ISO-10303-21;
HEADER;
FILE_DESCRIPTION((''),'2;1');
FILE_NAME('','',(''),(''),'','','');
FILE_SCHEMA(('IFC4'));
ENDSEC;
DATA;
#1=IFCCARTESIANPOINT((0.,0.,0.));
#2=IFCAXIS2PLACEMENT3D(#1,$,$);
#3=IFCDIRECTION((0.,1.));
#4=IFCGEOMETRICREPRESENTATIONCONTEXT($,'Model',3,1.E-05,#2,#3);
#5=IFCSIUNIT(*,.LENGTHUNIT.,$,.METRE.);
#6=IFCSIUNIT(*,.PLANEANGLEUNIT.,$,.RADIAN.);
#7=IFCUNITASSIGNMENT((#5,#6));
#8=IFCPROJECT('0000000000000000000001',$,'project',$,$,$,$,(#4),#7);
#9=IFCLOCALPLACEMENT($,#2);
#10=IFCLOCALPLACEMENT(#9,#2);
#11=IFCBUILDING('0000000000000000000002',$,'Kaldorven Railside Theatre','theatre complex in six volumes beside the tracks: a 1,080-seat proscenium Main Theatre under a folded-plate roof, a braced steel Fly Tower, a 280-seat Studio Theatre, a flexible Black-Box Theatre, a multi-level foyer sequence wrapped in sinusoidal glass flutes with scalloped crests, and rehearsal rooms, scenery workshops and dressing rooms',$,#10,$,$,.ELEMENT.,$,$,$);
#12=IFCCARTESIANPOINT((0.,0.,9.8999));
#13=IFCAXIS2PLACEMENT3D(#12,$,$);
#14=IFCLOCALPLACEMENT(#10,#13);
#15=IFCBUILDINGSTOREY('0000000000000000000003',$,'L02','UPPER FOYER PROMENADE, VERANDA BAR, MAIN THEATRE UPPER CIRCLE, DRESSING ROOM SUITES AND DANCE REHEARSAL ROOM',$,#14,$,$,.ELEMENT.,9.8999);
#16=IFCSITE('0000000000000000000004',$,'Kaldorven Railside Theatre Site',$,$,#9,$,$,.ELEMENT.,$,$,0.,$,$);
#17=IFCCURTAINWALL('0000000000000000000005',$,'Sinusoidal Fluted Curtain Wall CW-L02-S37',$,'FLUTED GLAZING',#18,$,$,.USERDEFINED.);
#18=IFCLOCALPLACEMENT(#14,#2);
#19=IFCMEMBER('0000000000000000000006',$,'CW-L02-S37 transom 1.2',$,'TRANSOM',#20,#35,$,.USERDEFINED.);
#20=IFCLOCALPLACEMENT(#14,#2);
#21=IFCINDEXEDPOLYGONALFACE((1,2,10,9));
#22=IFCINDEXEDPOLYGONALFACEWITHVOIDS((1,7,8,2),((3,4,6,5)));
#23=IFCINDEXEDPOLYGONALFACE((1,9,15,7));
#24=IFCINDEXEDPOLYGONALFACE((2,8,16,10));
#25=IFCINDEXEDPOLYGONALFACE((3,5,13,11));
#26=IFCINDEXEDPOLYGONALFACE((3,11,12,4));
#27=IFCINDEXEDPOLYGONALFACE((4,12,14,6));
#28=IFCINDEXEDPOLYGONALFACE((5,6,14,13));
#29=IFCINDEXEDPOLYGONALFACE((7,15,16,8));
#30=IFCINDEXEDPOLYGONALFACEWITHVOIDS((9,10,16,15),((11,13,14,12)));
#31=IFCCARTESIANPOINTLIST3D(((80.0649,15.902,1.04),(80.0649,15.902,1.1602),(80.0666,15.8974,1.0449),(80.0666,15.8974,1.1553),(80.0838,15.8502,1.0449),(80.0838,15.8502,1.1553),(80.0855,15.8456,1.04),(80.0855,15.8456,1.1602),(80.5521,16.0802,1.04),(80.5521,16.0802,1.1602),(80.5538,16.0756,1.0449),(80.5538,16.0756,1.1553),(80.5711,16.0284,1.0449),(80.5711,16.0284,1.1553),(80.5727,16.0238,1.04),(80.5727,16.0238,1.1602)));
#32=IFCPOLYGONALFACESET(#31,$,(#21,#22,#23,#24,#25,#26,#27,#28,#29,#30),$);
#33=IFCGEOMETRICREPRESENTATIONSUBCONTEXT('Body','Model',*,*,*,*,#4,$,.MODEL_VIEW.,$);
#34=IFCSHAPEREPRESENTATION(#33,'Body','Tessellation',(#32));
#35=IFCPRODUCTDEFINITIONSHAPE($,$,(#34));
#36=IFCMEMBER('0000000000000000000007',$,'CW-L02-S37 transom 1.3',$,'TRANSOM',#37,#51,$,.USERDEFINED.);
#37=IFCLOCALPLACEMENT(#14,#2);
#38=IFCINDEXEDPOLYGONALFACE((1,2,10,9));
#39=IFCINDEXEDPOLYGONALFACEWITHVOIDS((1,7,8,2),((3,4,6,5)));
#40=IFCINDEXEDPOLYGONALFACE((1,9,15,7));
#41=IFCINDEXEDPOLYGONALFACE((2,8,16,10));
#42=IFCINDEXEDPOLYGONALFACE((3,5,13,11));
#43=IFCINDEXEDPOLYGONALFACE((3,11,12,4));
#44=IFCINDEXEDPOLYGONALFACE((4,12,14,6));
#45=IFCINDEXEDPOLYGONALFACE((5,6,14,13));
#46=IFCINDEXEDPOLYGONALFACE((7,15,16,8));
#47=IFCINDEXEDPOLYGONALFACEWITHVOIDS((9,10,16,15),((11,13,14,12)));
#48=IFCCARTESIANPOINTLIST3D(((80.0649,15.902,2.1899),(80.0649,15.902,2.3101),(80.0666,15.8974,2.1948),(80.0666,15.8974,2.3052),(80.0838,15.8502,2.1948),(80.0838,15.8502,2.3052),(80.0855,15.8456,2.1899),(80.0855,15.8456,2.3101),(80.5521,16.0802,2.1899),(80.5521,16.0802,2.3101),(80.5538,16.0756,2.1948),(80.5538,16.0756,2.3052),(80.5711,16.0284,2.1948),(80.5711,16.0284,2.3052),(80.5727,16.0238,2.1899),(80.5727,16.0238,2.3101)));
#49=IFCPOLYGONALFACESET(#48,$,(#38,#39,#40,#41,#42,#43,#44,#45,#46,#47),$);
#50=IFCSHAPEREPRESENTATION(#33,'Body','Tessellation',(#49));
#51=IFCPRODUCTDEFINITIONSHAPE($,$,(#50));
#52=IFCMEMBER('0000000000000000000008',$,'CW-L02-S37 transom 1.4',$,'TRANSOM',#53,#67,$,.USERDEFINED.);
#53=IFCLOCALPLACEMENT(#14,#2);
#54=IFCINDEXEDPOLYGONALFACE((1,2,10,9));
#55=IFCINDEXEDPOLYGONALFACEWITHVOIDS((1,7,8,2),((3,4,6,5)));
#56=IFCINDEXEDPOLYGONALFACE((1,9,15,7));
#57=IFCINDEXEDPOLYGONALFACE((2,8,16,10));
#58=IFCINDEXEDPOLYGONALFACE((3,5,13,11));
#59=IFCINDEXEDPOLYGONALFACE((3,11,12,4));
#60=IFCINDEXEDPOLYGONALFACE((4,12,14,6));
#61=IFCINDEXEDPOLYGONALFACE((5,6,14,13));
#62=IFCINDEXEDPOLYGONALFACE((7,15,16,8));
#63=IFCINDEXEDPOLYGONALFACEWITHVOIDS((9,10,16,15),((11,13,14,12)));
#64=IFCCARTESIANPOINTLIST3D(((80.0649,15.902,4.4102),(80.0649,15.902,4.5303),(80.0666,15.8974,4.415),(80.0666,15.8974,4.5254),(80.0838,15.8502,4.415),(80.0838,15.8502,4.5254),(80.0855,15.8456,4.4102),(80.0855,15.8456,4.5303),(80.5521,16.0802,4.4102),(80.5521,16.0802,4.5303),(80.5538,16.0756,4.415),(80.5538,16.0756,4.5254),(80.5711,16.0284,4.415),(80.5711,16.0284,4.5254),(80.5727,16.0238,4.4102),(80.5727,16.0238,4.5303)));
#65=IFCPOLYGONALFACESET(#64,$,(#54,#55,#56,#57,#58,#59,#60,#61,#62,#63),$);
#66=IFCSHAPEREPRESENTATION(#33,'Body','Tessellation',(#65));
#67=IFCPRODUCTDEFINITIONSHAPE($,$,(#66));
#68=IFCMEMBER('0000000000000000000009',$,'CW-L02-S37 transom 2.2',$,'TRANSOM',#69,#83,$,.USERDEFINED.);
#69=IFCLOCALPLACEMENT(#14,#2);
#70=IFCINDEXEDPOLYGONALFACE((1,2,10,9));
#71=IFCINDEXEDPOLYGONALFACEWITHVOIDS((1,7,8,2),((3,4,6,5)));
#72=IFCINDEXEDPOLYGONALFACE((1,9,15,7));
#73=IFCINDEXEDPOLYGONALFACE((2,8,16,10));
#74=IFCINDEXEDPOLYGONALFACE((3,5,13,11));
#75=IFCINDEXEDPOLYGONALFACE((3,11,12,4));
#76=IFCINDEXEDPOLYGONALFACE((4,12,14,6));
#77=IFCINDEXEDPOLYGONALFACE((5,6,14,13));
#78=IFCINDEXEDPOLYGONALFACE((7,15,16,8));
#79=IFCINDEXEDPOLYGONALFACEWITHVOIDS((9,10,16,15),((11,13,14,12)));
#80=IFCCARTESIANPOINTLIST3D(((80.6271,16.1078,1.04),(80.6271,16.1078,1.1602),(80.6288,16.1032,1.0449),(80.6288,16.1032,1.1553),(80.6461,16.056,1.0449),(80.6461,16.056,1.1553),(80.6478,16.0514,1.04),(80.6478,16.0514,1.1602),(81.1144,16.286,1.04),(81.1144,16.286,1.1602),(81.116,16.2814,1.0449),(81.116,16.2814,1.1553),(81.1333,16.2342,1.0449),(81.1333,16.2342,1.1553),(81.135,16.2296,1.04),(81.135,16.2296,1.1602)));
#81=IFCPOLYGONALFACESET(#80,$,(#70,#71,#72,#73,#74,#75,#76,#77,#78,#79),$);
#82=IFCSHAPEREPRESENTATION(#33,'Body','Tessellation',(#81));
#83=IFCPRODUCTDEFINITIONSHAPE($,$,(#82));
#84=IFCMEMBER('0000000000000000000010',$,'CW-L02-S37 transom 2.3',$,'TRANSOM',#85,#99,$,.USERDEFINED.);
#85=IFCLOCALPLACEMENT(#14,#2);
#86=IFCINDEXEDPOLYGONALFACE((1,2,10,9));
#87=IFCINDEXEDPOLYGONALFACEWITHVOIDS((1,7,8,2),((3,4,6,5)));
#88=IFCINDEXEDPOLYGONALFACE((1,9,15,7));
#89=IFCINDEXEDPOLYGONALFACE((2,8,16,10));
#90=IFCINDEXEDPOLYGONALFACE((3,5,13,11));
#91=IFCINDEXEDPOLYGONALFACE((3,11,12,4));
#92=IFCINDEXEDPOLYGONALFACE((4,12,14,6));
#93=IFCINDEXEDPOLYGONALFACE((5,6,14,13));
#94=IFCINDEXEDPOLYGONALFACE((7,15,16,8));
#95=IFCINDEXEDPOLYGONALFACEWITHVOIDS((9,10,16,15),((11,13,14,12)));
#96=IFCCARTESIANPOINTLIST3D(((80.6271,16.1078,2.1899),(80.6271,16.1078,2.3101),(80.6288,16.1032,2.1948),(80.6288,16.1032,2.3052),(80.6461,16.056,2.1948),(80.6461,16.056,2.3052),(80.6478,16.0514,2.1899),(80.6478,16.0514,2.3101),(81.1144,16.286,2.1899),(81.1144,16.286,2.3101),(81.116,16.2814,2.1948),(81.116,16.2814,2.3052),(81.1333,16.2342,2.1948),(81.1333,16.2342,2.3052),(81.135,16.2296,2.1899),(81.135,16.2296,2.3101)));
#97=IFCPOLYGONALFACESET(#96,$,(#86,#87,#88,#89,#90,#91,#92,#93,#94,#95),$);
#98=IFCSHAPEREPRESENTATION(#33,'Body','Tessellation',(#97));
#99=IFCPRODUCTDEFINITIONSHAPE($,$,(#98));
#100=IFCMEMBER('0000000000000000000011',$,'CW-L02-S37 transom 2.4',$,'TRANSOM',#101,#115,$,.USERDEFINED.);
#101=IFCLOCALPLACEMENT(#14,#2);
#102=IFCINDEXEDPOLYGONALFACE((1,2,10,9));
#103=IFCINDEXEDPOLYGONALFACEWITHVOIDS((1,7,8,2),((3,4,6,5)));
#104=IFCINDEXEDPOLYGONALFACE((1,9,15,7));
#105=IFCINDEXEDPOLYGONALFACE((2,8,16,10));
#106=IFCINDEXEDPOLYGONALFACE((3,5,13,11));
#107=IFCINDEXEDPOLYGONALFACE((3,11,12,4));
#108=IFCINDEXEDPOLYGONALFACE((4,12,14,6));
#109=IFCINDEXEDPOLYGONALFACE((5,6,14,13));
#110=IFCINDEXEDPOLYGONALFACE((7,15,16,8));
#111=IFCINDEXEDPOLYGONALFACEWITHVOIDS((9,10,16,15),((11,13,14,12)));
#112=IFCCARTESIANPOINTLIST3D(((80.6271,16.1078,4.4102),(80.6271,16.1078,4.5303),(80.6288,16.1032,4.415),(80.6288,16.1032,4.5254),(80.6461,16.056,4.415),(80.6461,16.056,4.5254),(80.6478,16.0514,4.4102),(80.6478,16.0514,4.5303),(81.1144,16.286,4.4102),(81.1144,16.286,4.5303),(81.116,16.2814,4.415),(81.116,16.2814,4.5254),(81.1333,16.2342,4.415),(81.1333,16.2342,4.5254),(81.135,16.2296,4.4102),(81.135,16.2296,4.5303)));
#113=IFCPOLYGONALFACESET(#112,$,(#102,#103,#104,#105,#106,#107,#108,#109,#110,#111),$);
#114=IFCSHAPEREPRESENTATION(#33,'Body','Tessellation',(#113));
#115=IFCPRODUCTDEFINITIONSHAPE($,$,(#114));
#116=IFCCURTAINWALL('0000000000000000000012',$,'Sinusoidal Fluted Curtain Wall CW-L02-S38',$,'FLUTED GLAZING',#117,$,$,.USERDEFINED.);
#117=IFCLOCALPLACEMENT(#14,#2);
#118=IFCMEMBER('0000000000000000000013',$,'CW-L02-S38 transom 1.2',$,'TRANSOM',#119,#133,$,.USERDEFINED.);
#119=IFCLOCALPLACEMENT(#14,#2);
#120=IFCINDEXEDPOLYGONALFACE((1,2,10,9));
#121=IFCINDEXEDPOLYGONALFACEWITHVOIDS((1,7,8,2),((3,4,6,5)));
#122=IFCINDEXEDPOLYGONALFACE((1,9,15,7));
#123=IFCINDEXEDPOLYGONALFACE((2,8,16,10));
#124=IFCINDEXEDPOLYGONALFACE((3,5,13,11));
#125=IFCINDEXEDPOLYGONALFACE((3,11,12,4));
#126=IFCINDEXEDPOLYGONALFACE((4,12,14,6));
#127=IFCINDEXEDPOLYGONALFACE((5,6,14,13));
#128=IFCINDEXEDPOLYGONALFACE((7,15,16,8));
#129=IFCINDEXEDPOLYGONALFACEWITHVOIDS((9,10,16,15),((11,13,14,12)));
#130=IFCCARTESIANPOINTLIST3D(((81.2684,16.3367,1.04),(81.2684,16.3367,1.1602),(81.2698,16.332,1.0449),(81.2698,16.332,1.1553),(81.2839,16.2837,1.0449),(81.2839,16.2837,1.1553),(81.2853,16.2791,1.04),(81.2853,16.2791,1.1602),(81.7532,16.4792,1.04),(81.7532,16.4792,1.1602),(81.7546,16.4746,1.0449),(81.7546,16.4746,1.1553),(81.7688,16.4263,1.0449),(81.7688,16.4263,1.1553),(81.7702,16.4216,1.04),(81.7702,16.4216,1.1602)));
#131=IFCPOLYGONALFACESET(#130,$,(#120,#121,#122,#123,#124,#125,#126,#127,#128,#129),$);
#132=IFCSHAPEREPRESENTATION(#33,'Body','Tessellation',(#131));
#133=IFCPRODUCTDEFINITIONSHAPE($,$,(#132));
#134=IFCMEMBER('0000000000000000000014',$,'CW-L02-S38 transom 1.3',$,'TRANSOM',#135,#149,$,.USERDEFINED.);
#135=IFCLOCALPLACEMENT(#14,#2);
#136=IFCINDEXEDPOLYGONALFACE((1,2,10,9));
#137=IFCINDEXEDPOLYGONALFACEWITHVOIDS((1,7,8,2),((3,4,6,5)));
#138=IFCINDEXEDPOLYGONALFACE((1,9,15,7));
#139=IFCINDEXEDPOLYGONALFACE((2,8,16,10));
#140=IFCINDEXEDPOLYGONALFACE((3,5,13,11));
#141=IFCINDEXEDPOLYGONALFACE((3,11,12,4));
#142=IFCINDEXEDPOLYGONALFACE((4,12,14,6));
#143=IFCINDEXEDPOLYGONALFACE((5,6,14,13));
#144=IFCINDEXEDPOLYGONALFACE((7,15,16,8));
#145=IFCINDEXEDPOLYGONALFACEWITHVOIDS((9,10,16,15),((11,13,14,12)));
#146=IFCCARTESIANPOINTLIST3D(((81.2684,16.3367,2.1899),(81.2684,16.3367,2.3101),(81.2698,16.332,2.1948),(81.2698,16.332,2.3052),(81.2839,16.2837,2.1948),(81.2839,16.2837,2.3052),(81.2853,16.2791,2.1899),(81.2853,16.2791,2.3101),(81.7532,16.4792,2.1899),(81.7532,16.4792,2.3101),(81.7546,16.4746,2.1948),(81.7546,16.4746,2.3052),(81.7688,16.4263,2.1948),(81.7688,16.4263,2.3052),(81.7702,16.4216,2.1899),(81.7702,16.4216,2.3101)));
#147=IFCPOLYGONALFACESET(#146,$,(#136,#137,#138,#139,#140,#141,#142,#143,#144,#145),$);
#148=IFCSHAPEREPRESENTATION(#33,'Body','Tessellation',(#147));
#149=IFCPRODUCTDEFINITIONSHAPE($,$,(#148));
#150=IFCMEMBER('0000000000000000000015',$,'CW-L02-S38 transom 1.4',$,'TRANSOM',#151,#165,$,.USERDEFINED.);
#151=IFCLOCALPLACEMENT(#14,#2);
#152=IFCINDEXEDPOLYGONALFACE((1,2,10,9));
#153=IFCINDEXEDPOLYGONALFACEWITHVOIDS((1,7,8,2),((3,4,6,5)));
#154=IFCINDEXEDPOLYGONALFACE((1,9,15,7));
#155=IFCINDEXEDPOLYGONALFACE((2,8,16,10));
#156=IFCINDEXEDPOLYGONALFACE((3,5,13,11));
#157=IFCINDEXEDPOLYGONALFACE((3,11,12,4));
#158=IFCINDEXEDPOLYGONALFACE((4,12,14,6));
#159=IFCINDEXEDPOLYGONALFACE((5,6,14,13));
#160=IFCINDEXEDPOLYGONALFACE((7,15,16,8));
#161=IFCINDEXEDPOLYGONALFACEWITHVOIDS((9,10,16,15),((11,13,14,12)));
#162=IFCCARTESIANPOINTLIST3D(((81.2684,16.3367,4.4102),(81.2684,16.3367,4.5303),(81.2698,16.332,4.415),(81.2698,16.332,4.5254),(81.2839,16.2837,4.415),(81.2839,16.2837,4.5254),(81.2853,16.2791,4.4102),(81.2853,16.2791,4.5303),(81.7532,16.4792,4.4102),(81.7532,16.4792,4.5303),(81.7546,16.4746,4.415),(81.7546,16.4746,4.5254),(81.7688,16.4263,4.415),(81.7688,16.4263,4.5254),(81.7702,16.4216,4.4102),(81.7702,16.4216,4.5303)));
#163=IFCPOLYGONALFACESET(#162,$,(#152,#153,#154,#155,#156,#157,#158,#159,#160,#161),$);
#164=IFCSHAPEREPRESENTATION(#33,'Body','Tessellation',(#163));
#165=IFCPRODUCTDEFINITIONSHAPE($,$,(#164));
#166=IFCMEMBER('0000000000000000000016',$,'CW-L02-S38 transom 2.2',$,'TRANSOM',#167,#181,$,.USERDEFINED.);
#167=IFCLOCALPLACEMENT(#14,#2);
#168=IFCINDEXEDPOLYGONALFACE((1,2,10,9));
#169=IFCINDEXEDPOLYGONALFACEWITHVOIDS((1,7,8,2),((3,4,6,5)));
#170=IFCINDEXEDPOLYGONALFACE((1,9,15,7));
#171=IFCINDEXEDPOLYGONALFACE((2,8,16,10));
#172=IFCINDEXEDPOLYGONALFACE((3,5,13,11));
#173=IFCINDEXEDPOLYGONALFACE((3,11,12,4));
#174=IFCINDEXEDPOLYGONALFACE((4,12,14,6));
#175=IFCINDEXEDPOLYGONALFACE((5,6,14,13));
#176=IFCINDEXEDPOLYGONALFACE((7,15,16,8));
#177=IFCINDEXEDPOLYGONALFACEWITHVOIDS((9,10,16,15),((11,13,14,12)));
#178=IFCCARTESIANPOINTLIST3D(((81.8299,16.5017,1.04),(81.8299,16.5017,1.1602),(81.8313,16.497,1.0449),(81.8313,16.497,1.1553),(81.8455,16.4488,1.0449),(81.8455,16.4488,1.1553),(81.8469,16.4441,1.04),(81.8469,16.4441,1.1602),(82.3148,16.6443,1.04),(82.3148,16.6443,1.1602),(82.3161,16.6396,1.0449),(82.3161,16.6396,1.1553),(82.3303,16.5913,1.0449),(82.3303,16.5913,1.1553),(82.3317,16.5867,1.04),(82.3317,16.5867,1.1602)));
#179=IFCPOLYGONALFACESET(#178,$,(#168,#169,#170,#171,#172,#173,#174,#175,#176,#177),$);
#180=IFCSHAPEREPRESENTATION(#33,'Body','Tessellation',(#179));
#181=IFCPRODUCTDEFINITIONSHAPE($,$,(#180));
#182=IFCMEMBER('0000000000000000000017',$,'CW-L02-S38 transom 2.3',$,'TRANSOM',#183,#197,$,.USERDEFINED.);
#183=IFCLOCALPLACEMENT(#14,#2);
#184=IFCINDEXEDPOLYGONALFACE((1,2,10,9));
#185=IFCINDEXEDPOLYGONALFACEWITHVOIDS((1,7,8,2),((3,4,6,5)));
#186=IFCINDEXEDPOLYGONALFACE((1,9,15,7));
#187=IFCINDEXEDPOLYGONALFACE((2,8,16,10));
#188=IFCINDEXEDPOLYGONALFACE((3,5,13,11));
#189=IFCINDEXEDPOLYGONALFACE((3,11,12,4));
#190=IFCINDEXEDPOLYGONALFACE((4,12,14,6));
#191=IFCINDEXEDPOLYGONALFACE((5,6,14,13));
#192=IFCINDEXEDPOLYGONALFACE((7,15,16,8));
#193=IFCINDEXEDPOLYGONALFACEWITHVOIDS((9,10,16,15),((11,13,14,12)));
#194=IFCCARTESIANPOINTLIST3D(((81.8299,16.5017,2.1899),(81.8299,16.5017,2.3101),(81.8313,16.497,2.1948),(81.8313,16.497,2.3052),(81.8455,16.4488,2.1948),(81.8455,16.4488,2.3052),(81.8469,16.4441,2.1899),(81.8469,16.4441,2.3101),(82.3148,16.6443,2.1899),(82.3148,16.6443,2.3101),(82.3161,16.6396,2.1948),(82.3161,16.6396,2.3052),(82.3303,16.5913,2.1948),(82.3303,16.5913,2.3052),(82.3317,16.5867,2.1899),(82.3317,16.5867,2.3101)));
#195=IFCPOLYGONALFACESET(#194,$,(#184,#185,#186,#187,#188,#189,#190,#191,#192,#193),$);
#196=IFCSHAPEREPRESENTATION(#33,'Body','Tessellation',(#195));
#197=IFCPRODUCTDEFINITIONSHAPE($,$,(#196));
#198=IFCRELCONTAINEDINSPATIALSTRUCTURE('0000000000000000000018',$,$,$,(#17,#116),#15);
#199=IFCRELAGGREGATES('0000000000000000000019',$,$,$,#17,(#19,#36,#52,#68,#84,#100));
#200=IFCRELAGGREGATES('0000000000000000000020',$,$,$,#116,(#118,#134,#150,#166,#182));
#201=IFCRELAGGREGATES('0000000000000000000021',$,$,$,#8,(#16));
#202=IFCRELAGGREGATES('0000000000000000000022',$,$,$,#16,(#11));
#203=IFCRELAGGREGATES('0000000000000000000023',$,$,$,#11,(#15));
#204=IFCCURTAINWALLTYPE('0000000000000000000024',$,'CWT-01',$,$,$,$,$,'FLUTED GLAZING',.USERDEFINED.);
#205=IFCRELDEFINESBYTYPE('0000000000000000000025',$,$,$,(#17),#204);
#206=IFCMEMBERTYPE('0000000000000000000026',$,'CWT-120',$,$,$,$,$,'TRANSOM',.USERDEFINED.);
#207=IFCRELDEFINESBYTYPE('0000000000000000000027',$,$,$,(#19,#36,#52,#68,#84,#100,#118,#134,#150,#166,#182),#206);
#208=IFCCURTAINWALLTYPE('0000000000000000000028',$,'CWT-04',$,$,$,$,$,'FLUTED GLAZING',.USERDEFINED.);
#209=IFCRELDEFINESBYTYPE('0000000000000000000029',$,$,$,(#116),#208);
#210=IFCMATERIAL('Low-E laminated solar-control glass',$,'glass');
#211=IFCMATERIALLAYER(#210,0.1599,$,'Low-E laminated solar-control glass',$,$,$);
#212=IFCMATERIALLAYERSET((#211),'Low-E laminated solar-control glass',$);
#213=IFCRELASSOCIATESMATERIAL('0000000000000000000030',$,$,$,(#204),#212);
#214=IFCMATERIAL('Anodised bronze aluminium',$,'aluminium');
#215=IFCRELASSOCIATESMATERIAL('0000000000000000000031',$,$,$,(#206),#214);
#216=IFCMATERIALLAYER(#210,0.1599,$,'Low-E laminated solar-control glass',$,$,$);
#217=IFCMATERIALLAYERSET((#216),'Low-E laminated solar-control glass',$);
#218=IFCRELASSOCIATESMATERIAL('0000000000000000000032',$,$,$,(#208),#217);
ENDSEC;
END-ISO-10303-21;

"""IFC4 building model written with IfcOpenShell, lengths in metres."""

from ifc_helpers import new_model, si_unit, direction, frame, origin, origin_2d, place, context, subcontext, project, spatial, hollow_rectangle, extrude, material, layer, layer_set, material_profile, profile_set, type_object, element, aggregate, save


model = new_model("IFC4")

# Units and contexts
model_context = context("Model", 3, precision=1e-05, world=origin(), true_north=direction((0.0, 1.0)))
body_context = subcontext(model_context, "Body", "Model", "MODEL_VIEW")
ifc_project = project(units=[si_unit("LENGTHUNIT", "METRE"), si_unit("PLANEANGLEUNIT", "RADIAN")], contexts=[model_context])

# Site, building, storey
site_placement = place(None, origin())
site = spatial("IfcSite", under=ifc_project, at=site_placement, Name="Kaldorven Railside Theatre Site", CompositionType="ELEMENT", RefElevation=0.0)
building_placement = place(site_placement, origin())
building = spatial("IfcBuilding", under=site, at=building_placement, Name="Kaldorven Railside Theatre", Description="theatre complex in six volumes beside the tracks: a 1,080-seat proscenium Main Theatre under a folded-plate roof, a braced steel Fly Tower, a 280-seat Studio Theatre, a flexible Black-Box Theatre, a multi-level foyer sequence wrapped in sinusoidal glass flutes with scalloped crests, and rehearsal rooms, scenery workshops and dressing rooms", CompositionType="ELEMENT")
storey_placement = place(building_placement, frame((0.0, 0.0, 9.8999)))
storey = spatial("IfcBuildingStorey", under=building, at=storey_placement, Name="L02", Description="UPPER FOYER PROMENADE, VERANDA BAR, MAIN THEATRE UPPER CIRCLE, DRESSING ROOM SUITES AND DANCE REHEARSAL ROOM", CompositionType="ELEMENT", Elevation=9.8999)

# Curtain walls, members
ifc_material_1 = material(Name="Low-E laminated solar-control glass", Category="glass")
ifc_layer_1 = layer(ifc_material_1, 0.1599, Name="Low-E laminated solar-control glass")
ifc_layer_set_1 = layer_set([ifc_layer_1], Name="Low-E laminated solar-control glass")
curtain_wall_type_1 = type_object("IfcCurtainWallType", Name="CWT-01", ElementType="FLUTED GLAZING", PredefinedType="USERDEFINED", material=ifc_layer_set_1)
curtain_wall_1_placement = place(storey_placement, origin())
curtain_wall_1 = element("IfcCurtainWall", 1, at=curtain_wall_1_placement, inside=storey, type_object=curtain_wall_type_1, Name="Sinusoidal Fluted Curtain Wall CW-L02-S37", ObjectType="FLUTED GLAZING", PredefinedType="USERDEFINED")
ifc_material_2 = material(Name="Anodised bronze aluminium", Category="aluminium")
ifc_material_profile = material_profile(ifc_material_2, hollow_rectangle(XDim=0.0601, YDim=0.1201, WallThickness=0.0049, at=origin_2d()), Name="RHS 120x60x5")
ifc_profile_set = profile_set([ifc_material_profile], Name="Anodised bronze aluminium")
member_type = type_object("IfcMemberType", Name="CWT-120", ElementType="TRANSOM", PredefinedType="USERDEFINED", material=ifc_profile_set)
member_1_placement = place(storey_placement, frame((80.0752, 15.8738, 1.1001), z_axis=(0.93916, 0.34348, 0.0), x_axis=(-0.34348, 0.93916, 0.0)))
member_1 = element("IfcMember", 2, at=member_1_placement, type_object=member_type, Name="CW-L02-S37 transom 1.2", ObjectType="TRANSOM", PredefinedType="USERDEFINED", context=body_context, shape_type="SweptSolid", body=[
    extrude(hollow_rectangle(XDim=0.0601, YDim=0.1201, WallThickness=0.0049, at=origin_2d()), origin(), (0.0, 0.0, 1.0), 0.5188),
])
member_2_placement = place(storey_placement, frame((80.0752, 15.8738, 2.25), z_axis=(0.93916, 0.34348, 0.0), x_axis=(-0.34348, 0.93916, 0.0)))
member_2 = element("IfcMember", 3, at=member_2_placement, type_object=member_type, Name="CW-L02-S37 transom 1.3", ObjectType="TRANSOM", PredefinedType="USERDEFINED", context=body_context, shape_type="SweptSolid", body=[
    extrude(hollow_rectangle(XDim=0.0601, YDim=0.1201, WallThickness=0.0049, at=origin_2d()), origin(), (0.0, 0.0, 1.0), 0.5188),
])
member_3_placement = place(storey_placement, frame((80.0752, 15.8738, 4.4702), z_axis=(0.93916, 0.34348, 0.0), x_axis=(-0.34348, 0.93916, 0.0)))
member_3 = element("IfcMember", 4, at=member_3_placement, type_object=member_type, Name="CW-L02-S37 transom 1.4", ObjectType="TRANSOM", PredefinedType="USERDEFINED", context=body_context, shape_type="SweptSolid", body=[
    extrude(hollow_rectangle(XDim=0.0601, YDim=0.1201, WallThickness=0.0049, at=origin_2d()), origin(), (0.0, 0.0, 1.0), 0.5188),
])
member_4_placement = place(storey_placement, frame((80.6375, 16.0796, 1.1001), z_axis=(0.93916, 0.34348, 0.0), x_axis=(-0.34348, 0.93916, 0.0)))
member_4 = element("IfcMember", 5, at=member_4_placement, type_object=member_type, Name="CW-L02-S37 transom 2.2", ObjectType="TRANSOM", PredefinedType="USERDEFINED", context=body_context, shape_type="SweptSolid", body=[
    extrude(hollow_rectangle(XDim=0.0601, YDim=0.1201, WallThickness=0.0049, at=origin_2d()), origin(), (0.0, 0.0, 1.0), 0.5188),
])
member_5_placement = place(storey_placement, frame((80.6375, 16.0796, 2.25), z_axis=(0.93916, 0.34348, 0.0), x_axis=(-0.34348, 0.93916, 0.0)))
member_5 = element("IfcMember", 6, at=member_5_placement, type_object=member_type, Name="CW-L02-S37 transom 2.3", ObjectType="TRANSOM", PredefinedType="USERDEFINED", context=body_context, shape_type="SweptSolid", body=[
    extrude(hollow_rectangle(XDim=0.0601, YDim=0.1201, WallThickness=0.0049, at=origin_2d()), origin(), (0.0, 0.0, 1.0), 0.5188),
])
member_6_placement = place(storey_placement, frame((80.6375, 16.0796, 4.4702), z_axis=(0.93916, 0.34348, 0.0), x_axis=(-0.34348, 0.93916, 0.0)))
member_6 = element("IfcMember", 7, at=member_6_placement, type_object=member_type, Name="CW-L02-S37 transom 2.4", ObjectType="TRANSOM", PredefinedType="USERDEFINED", context=body_context, shape_type="SweptSolid", body=[
    extrude(hollow_rectangle(XDim=0.0601, YDim=0.1201, WallThickness=0.0049, at=origin_2d()), origin(), (0.0, 0.0, 1.0), 0.5188),
])
ifc_layer_2 = layer(ifc_material_1, 0.1599, Name="Low-E laminated solar-control glass")
ifc_layer_set_2 = layer_set([ifc_layer_2], Name="Low-E laminated solar-control glass")
curtain_wall_type_2 = type_object("IfcCurtainWallType", Name="CWT-04", ElementType="FLUTED GLAZING", PredefinedType="USERDEFINED", material=ifc_layer_set_2)
curtain_wall_2_placement = place(storey_placement, origin())
curtain_wall_2 = element("IfcCurtainWall", 8, at=curtain_wall_2_placement, inside=storey, type_object=curtain_wall_type_2, Name="Sinusoidal Fluted Curtain Wall CW-L02-S38", ObjectType="FLUTED GLAZING", PredefinedType="USERDEFINED")
member_7_placement = place(storey_placement, frame((81.2769, 16.3079, 1.1001), z_axis=(0.959381, 0.282114, 0.0), x_axis=(-0.282114, 0.959381, 0.0)))
member_7 = element("IfcMember", 9, at=member_7_placement, type_object=member_type, Name="CW-L02-S38 transom 1.2", ObjectType="TRANSOM", PredefinedType="USERDEFINED", context=body_context, shape_type="SweptSolid", body=[
    extrude(hollow_rectangle(XDim=0.0601, YDim=0.1201, WallThickness=0.0049, at=origin_2d()), origin(), (0.0, 0.0, 1.0), 0.5054),
])
member_8_placement = place(storey_placement, frame((81.2769, 16.3079, 2.25), z_axis=(0.959381, 0.282114, 0.0), x_axis=(-0.282114, 0.959381, 0.0)))
member_8 = element("IfcMember", 10, at=member_8_placement, type_object=member_type, Name="CW-L02-S38 transom 1.3", ObjectType="TRANSOM", PredefinedType="USERDEFINED", context=body_context, shape_type="SweptSolid", body=[
    extrude(hollow_rectangle(XDim=0.0601, YDim=0.1201, WallThickness=0.0049, at=origin_2d()), origin(), (0.0, 0.0, 1.0), 0.5054),
])
member_9_placement = place(storey_placement, frame((81.2769, 16.3079, 4.4702), z_axis=(0.959381, 0.282114, 0.0), x_axis=(-0.282114, 0.959381, 0.0)))
member_9 = element("IfcMember", 11, at=member_9_placement, type_object=member_type, Name="CW-L02-S38 transom 1.4", ObjectType="TRANSOM", PredefinedType="USERDEFINED", context=body_context, shape_type="SweptSolid", body=[
    extrude(hollow_rectangle(XDim=0.0601, YDim=0.1201, WallThickness=0.0049, at=origin_2d()), origin(), (0.0, 0.0, 1.0), 0.5054),
])
member_10_placement = place(storey_placement, frame((81.8384, 16.4729, 1.1001), z_axis=(0.959381, 0.282114, 0.0), x_axis=(-0.282114, 0.959381, 0.0)))
member_10 = element("IfcMember", 12, at=member_10_placement, type_object=member_type, Name="CW-L02-S38 transom 2.2", ObjectType="TRANSOM", PredefinedType="USERDEFINED", context=body_context, shape_type="SweptSolid", body=[
    extrude(hollow_rectangle(XDim=0.0601, YDim=0.1201, WallThickness=0.0049, at=origin_2d()), origin(), (0.0, 0.0, 1.0), 0.5054),
])
member_11_placement = place(storey_placement, frame((81.8384, 16.4729, 2.25), z_axis=(0.959381, 0.282114, 0.0), x_axis=(-0.282114, 0.959381, 0.0)))
member_11 = element("IfcMember", 13, at=member_11_placement, type_object=member_type, Name="CW-L02-S38 transom 2.3", ObjectType="TRANSOM", PredefinedType="USERDEFINED", context=body_context, shape_type="SweptSolid", body=[
    extrude(hollow_rectangle(XDim=0.0601, YDim=0.1201, WallThickness=0.0049, at=origin_2d()), origin(), (0.0, 0.0, 1.0), 0.5054),
])

aggregate(curtain_wall_1, [member_1, member_2, member_3, member_4, member_5, member_6])
aggregate(curtain_wall_2, [member_7, member_8, member_9, member_10, member_11])

save(model, "model.ifc")
